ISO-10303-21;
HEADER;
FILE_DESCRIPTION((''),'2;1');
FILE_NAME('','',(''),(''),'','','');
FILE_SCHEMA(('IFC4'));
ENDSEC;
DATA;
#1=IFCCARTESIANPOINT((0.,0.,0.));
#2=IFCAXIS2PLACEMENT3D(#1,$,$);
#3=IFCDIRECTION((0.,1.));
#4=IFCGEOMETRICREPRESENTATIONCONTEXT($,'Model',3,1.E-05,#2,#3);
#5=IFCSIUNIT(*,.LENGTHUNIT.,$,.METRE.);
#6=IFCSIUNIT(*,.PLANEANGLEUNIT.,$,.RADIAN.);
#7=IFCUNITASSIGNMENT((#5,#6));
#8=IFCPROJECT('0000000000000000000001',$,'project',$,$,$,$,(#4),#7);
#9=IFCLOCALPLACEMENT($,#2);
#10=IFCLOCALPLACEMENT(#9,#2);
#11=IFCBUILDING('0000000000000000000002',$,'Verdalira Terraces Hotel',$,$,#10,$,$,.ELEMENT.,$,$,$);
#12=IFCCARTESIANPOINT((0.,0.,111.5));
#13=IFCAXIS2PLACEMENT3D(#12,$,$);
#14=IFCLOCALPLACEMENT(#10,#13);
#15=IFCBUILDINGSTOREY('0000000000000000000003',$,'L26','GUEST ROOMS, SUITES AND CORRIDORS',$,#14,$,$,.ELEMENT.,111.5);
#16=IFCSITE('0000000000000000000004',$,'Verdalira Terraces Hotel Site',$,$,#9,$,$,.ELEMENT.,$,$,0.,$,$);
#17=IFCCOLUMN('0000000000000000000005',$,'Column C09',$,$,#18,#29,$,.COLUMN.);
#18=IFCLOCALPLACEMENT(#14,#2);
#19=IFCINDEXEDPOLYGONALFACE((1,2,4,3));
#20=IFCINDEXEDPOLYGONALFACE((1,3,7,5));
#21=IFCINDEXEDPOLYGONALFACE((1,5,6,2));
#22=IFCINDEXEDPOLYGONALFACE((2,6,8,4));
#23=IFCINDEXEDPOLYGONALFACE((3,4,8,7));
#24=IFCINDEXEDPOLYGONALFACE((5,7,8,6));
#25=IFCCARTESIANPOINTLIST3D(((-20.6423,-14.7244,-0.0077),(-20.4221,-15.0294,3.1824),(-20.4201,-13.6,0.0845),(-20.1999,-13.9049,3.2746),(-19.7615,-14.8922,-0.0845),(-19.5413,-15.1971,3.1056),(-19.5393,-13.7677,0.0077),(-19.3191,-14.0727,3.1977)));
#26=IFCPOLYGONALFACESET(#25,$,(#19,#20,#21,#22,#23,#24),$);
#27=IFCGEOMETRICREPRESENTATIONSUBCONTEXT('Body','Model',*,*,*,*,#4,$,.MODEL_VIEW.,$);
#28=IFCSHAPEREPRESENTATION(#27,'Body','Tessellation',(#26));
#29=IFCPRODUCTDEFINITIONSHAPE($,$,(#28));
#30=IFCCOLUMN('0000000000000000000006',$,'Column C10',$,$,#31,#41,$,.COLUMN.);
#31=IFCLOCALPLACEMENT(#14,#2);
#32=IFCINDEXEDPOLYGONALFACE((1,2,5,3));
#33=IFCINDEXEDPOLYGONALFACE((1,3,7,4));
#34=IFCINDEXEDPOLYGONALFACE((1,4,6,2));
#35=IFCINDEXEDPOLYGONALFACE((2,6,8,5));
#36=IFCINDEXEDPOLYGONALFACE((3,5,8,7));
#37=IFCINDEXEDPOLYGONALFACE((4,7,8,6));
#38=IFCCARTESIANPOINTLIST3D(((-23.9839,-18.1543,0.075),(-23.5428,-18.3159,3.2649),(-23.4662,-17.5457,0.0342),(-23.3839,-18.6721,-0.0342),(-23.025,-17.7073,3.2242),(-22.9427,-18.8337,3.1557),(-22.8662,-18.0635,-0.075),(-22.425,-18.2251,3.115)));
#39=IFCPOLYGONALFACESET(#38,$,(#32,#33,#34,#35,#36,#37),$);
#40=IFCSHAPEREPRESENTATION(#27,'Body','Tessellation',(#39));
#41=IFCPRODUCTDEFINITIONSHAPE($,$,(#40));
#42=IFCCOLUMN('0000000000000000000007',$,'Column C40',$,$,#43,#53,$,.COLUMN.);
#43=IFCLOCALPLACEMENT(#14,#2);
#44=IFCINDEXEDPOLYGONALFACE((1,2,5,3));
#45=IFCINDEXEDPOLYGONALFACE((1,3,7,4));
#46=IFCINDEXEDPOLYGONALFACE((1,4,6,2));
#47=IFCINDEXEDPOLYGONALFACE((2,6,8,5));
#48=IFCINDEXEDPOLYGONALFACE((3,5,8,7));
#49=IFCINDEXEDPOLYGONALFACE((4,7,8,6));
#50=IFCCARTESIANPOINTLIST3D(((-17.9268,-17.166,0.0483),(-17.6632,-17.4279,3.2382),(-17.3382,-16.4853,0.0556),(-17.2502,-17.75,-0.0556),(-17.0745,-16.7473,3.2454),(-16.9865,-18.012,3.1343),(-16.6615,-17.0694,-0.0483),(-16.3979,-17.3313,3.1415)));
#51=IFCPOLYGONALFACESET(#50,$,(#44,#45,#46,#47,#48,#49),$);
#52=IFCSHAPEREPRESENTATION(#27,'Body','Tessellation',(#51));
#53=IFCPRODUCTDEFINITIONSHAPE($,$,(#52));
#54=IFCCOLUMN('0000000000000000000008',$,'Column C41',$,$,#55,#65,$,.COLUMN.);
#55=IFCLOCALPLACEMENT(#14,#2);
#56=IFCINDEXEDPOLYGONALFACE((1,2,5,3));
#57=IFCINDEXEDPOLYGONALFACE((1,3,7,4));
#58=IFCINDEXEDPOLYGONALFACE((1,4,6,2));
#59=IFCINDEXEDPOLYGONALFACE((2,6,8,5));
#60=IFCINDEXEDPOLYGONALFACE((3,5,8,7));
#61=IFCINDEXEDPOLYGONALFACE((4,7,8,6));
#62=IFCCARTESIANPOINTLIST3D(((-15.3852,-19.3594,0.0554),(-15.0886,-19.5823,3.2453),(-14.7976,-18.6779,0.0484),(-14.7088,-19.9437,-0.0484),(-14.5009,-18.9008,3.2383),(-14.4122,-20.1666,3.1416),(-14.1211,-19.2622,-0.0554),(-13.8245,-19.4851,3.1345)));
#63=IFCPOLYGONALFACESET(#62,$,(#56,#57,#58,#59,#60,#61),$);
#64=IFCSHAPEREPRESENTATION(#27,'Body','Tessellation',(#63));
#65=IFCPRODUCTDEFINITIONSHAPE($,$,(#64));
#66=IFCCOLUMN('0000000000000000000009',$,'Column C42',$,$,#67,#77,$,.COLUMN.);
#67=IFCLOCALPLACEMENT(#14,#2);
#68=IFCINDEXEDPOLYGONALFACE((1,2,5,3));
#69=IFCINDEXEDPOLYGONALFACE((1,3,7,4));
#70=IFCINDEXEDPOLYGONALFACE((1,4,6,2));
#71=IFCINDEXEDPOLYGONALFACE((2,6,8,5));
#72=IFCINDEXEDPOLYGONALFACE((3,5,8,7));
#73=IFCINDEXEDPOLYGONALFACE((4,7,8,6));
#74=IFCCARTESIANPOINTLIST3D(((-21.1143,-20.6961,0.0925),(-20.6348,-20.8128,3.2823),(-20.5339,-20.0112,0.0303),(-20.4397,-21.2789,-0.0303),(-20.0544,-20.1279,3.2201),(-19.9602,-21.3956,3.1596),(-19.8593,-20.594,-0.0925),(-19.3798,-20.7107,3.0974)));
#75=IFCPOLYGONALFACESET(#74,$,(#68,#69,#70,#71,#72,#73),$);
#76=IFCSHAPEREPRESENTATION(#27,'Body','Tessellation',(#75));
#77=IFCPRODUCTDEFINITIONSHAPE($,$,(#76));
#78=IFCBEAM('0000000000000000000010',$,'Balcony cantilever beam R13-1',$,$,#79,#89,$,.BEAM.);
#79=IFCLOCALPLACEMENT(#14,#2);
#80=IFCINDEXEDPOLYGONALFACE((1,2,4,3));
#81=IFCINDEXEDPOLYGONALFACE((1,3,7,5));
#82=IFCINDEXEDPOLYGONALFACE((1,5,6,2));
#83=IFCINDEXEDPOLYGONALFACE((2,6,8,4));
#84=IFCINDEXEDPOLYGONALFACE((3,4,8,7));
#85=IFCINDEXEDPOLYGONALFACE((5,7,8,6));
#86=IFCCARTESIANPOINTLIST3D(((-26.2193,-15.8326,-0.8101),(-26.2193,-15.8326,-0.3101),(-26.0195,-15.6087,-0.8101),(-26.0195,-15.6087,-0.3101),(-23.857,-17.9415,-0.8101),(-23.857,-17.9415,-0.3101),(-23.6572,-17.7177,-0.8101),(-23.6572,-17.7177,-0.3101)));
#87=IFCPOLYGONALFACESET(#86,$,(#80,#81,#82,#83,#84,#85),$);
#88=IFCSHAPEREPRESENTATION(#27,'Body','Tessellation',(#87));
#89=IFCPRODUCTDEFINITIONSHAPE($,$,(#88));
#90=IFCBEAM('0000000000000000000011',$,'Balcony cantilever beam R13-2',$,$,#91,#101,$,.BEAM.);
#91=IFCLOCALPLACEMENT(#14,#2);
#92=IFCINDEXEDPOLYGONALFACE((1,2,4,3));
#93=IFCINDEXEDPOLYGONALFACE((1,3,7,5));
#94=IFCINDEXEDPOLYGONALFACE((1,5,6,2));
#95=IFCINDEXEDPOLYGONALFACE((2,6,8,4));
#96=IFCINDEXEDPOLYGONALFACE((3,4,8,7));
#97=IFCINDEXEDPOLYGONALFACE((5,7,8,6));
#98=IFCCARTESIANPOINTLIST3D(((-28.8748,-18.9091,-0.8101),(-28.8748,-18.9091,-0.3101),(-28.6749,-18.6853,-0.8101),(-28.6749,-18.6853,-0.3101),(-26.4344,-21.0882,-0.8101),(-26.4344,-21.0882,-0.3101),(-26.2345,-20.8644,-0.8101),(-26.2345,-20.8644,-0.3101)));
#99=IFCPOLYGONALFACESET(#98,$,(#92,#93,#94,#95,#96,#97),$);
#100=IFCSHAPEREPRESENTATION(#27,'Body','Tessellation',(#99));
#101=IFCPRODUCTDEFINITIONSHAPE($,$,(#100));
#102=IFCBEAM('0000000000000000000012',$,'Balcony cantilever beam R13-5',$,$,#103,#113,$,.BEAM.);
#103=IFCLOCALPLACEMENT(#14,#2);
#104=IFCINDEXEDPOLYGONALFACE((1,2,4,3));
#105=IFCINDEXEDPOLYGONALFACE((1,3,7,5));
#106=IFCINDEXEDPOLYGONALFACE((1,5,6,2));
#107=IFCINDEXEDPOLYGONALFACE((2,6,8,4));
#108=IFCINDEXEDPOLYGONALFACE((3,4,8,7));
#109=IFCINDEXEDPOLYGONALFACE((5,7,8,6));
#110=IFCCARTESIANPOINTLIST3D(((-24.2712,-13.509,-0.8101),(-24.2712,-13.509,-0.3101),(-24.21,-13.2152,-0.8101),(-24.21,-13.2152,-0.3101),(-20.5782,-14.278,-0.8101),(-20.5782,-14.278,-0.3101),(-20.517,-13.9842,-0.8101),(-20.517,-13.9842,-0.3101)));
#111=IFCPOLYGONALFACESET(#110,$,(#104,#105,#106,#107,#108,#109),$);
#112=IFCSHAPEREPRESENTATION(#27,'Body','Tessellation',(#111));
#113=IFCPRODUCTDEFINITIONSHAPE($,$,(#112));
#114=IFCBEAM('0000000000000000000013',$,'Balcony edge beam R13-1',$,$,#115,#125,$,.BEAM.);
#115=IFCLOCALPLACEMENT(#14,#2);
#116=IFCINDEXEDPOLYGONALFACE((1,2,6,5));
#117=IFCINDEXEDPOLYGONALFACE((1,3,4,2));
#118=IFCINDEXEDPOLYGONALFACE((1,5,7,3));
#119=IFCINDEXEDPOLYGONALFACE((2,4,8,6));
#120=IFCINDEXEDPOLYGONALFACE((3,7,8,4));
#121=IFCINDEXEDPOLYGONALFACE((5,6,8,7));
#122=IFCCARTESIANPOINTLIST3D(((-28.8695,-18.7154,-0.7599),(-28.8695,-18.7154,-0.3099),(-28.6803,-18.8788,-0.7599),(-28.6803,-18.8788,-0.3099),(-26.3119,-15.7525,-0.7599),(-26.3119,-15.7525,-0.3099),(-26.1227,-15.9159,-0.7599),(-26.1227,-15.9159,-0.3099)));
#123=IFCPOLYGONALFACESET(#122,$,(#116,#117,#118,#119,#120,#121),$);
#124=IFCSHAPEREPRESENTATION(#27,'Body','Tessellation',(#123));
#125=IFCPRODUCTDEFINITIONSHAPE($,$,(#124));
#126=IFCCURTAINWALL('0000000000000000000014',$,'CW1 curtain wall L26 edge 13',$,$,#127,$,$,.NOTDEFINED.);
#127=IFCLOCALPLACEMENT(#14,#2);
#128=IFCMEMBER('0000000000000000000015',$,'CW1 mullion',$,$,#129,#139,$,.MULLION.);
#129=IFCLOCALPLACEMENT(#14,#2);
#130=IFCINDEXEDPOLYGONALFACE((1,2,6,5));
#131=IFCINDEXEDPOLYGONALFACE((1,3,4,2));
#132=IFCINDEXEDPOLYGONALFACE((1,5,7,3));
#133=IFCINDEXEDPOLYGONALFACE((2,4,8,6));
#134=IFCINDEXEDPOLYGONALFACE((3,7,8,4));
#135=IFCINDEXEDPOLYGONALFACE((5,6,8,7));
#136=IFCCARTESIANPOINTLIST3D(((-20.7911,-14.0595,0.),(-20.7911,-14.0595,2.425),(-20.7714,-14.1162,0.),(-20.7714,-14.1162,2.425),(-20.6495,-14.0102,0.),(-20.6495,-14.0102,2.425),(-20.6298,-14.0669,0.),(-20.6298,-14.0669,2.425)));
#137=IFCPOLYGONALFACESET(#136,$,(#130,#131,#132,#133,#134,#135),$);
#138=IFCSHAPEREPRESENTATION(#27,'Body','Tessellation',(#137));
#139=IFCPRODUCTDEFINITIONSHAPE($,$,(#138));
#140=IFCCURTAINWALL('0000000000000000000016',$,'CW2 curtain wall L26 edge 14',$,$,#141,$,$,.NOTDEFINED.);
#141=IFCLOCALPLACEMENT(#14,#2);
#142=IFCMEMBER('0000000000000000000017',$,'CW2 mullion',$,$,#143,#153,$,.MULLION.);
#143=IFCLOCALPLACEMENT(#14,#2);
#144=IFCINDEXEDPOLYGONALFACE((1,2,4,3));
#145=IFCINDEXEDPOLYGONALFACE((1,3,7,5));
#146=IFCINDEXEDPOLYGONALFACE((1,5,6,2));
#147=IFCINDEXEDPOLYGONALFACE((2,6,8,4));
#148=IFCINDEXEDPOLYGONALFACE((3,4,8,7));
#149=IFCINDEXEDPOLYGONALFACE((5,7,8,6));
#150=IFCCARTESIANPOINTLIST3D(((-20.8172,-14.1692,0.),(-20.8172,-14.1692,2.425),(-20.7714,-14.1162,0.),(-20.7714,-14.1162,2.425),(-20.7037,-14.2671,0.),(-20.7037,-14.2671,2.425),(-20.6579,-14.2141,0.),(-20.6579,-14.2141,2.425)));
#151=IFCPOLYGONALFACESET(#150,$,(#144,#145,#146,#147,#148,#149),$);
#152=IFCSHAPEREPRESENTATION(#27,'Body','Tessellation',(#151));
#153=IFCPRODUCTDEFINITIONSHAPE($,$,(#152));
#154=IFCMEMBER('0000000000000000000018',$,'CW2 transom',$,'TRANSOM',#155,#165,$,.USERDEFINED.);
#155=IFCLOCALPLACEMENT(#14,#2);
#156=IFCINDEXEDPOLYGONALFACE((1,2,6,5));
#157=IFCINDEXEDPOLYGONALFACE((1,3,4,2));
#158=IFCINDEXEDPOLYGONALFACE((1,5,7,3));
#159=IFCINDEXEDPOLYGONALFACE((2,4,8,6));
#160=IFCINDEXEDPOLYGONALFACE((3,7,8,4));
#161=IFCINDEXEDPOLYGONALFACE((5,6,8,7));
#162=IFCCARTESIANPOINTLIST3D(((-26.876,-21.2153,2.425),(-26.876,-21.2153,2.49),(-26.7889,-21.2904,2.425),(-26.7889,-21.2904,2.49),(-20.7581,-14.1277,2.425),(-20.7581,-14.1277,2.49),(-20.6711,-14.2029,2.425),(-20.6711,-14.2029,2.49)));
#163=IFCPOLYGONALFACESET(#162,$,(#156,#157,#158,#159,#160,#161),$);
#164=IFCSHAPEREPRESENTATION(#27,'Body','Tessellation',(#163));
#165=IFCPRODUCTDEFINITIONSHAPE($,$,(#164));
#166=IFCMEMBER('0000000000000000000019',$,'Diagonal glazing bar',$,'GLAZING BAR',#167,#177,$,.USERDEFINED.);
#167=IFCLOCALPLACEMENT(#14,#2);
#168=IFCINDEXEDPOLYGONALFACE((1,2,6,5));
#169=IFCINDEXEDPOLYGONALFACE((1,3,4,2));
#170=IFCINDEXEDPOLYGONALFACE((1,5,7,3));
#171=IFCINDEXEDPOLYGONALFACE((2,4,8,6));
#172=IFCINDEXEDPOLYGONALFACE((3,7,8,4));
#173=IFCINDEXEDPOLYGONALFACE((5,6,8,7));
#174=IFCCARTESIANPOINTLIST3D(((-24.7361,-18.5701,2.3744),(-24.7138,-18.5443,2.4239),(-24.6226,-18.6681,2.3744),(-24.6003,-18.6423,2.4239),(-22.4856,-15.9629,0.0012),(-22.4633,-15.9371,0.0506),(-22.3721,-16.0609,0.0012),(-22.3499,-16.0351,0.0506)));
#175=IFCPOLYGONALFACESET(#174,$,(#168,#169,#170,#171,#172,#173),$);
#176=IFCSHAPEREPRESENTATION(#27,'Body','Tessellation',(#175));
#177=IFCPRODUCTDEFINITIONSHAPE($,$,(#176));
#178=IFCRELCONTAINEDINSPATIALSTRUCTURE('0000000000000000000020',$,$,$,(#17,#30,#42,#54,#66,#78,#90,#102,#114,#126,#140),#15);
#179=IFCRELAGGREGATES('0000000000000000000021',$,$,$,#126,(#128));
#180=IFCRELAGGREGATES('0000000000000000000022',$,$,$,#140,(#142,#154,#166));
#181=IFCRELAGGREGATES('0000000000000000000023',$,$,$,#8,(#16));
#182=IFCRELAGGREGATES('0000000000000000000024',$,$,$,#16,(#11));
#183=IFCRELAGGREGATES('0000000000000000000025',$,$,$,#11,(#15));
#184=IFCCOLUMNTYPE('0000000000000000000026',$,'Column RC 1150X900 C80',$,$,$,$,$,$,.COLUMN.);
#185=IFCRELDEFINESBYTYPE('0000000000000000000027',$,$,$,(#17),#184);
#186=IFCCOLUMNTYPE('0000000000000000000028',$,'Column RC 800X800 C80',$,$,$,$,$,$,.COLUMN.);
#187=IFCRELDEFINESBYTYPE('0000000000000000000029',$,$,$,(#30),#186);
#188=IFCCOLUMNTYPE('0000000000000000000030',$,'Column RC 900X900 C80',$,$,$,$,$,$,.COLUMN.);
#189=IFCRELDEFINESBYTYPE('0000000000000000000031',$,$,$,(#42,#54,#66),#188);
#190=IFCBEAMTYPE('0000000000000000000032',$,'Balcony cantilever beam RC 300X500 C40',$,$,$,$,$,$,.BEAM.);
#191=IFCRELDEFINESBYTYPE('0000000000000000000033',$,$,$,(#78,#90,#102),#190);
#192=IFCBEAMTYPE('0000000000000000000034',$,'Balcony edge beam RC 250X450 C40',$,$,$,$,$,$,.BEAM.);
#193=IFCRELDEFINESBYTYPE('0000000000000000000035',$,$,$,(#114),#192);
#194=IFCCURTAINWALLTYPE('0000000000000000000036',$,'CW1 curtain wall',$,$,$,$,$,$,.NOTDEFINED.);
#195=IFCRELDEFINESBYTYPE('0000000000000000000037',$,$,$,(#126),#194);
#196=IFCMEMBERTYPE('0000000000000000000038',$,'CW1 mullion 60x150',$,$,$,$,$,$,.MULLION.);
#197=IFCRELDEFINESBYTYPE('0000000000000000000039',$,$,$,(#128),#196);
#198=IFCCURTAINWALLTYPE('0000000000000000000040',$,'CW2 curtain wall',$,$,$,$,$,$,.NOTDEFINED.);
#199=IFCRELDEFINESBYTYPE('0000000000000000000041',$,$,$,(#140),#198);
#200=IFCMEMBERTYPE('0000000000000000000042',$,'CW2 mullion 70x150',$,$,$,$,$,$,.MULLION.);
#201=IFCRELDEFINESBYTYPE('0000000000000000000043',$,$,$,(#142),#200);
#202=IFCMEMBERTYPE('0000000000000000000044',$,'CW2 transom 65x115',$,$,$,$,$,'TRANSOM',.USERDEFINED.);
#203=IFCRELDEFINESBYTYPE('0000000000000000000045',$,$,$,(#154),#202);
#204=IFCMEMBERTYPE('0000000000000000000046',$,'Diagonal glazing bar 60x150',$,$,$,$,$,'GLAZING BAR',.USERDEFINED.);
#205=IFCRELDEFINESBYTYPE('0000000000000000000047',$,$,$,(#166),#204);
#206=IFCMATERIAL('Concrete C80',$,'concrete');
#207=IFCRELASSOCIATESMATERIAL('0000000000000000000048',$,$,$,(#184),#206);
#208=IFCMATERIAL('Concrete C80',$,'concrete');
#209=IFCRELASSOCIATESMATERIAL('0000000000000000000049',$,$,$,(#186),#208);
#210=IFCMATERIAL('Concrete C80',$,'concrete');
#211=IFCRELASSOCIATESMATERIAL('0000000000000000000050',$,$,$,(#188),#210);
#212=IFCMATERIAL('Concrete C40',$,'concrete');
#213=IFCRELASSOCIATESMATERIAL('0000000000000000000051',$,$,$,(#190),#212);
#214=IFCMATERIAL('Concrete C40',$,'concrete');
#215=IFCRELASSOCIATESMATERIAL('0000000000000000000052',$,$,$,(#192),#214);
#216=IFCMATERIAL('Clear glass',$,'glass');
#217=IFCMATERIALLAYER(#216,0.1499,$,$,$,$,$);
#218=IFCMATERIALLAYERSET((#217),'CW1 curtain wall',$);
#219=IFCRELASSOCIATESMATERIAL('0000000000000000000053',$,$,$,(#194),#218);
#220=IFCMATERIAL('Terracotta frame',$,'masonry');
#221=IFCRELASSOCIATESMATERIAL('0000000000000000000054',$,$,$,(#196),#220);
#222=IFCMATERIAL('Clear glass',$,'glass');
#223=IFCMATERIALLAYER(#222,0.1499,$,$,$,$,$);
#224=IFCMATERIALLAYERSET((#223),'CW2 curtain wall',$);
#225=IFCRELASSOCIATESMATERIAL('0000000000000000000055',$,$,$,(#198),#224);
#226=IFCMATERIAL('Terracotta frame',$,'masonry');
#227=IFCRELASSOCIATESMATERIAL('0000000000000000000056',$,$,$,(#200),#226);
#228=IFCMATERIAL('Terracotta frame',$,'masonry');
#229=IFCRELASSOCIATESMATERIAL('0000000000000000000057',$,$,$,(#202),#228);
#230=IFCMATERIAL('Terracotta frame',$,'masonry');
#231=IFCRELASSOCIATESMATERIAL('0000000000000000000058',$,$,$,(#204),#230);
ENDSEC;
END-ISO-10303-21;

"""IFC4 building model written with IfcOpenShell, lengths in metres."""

from ifc_helpers import new_model, si_unit, direction, frame, origin, origin_2d, place, context, subcontext, project, spatial, rectangle, extrude, material, layer, layer_set, material_profile, profile_set, type_object, element, aggregate, save


model = new_model("IFC4")

# Units and contexts
model_context = context("Model", 3, precision=1e-05, world=origin(), true_north=direction((0.0, 1.0)))
body_context = subcontext(model_context, "Body", "Model", "MODEL_VIEW")
ifc_project = project(units=[si_unit("LENGTHUNIT", "METRE"), si_unit("PLANEANGLEUNIT", "RADIAN")], contexts=[model_context])

# Site, building, storey
site_placement = place(None, origin())
site = spatial("IfcSite", under=ifc_project, at=site_placement, Name="Verdalira Terraces Hotel Site", CompositionType="ELEMENT", RefElevation=0.0)
building_placement = place(site_placement, origin())
building = spatial("IfcBuilding", under=site, at=building_placement, Name="Verdalira Terraces Hotel", CompositionType="ELEMENT")
storey_placement = place(building_placement, frame((0.0, 0.0, 111.5)))
storey = spatial("IfcBuildingStorey", under=building, at=storey_placement, Name="L26", Description="GUEST ROOMS, SUITES AND CORRIDORS", CompositionType="ELEMENT", Elevation=111.5)

# Columns
ifc_material_1 = material(Name="Concrete C80", Category="concrete")
ifc_material_profile_1 = material_profile(ifc_material_1, rectangle(XDim=1.1499, YDim=0.8999, at=origin_2d()), Name="RC 1150X900")
ifc_profile_set_1 = profile_set([ifc_material_profile_1], Name="Concrete C80")
column_type_1 = type_object("IfcColumnType", Name="Column RC 1150X900 C80", PredefinedType="COLUMN", material=ifc_profile_set_1)
column_1_placement = place(storey_placement, frame((-20.0908, -14.2461, 0.0), z_axis=(0.068559, -0.094934, 0.99312), x_axis=(0.193242, 0.977873, 0.080136)))
element("IfcColumn", 1, at=column_1_placement, inside=storey, type_object=column_type_1, Name="Column C09", PredefinedType="COLUMN", context=body_context, shape_type="SweptSolid", body=[
    extrude(rectangle(XDim=1.1499, YDim=0.8999, at=origin_2d()), origin(), (0.0, 0.0, 1.0), 3.2122),
])
ifc_material_2 = material(Name="Concrete C80", Category="concrete")
ifc_material_profile_2 = material_profile(ifc_material_2, rectangle(XDim=0.8, YDim=0.8, at=origin_2d()), Name="RC 800X800")
ifc_profile_set_2 = profile_set([ifc_material_profile_2], Name="Concrete C80")
column_type_2 = type_object("IfcColumnType", Name="Column RC 800X800 C80", PredefinedType="COLUMN", material=ifc_profile_set_2)
column_2_placement = place(storey_placement, frame((-23.425, -18.1089, 0.0), z_axis=(0.136822, -0.050125, 0.989327), x_axis=(-0.647147, -0.76066, 0.05096)))
element("IfcColumn", 2, at=column_2_placement, inside=storey, type_object=column_type_2, Name="Column C10", PredefinedType="COLUMN", context=body_context, shape_type="SweptSolid", body=[
    extrude(rectangle(XDim=0.8, YDim=0.8, at=origin_2d()), origin(), (0.0, 0.0, 1.0), 3.2244),
])
ifc_material_3 = material(Name="Concrete C80", Category="concrete")
ifc_material_profile_3 = material_profile(ifc_material_3, rectangle(XDim=0.8999, YDim=0.8999, at=origin_2d()), Name="RC 900X900")
ifc_profile_set_3 = profile_set([ifc_material_profile_3], Name="Concrete C80")
column_type_3 = type_object("IfcColumnType", Name="Column RC 900X900 C80", PredefinedType="COLUMN", material=ifc_profile_set_3)
for number, where, z_axis, x_axis, name in (
    (3, (-17.2942, -17.1177, 0.0), (0.082102, -0.08157, 0.99328), (-0.654109, -0.756358, -0.008046), "Column C40"),
    (4, (-14.7532, -19.3108, 0.0), (0.092367, -0.069408, 0.993303), (-0.653023, -0.757298, 0.007807), "Column C41"),
):
    element("IfcColumn", number, at=place(storey_placement, frame(where, z_axis=z_axis, x_axis=x_axis)), inside=storey, type_object=column_type_3, Name=name, PredefinedType="COLUMN", context=body_context, shape_type="SweptSolid", body=[
        extrude(rectangle(XDim=0.8999, YDim=0.8999, at=origin_2d()), origin(), (0.0, 0.0, 1.0), 3.2114),
    ])
column_3_placement = place(storey_placement, frame((-20.4868, -20.645, 0.0), z_axis=(0.148547, -0.036153, 0.988244), x_axis=(-0.644952, -0.761093, 0.069102)))
element("IfcColumn", 5, at=column_3_placement, inside=storey, type_object=column_type_3, Name="Column C42", PredefinedType="COLUMN", context=body_context, shape_type="SweptSolid", body=[
    extrude(rectangle(XDim=0.8999, YDim=0.8999, at=origin_2d()), origin(), (0.0, 0.0, 1.0), 3.2278),
])

# Beams
ifc_material_4 = material(Name="Concrete C40", Category="concrete")
ifc_material_profile_4 = material_profile(ifc_material_4, rectangle(XDim=0.3, YDim=0.5, at=origin_2d()), Name="RC 300X500")
ifc_profile_set_4 = profile_set([ifc_material_profile_4], Name="Concrete C40")
beam_type_1 = type_object("IfcBeamType", Name="Balcony cantilever beam RC 300X500 C40", PredefinedType="BEAM", material=ifc_profile_set_4)
beam_1_placement = place(storey_placement, frame((-23.7571, -17.8296, -0.5601), z_axis=(-0.745987, 0.665961, 0.0), x_axis=(-0.665961, -0.745987, 0.0)))
element("IfcBeam", 6, at=beam_1_placement, inside=storey, type_object=beam_type_1, Name="Balcony cantilever beam R13-1", PredefinedType="BEAM", context=body_context, shape_type="SweptSolid", body=[
    extrude(rectangle(XDim=0.3, YDim=0.5, at=origin_2d()), origin(), (0.0, 0.0, 1.0), 3.1667),
])
beam_2_placement = place(storey_placement, frame((-26.3345, -20.9763, -0.5601), z_axis=(-0.745901, 0.666057, 0.0), x_axis=(-0.666057, -0.745901, 0.0)))
element("IfcBeam", 7, at=beam_2_placement, inside=storey, type_object=beam_type_1, Name="Balcony cantilever beam R13-2", PredefinedType="BEAM", context=body_context, shape_type="SweptSolid", body=[
    extrude(rectangle(XDim=0.3, YDim=0.5, at=origin_2d()), origin(), (0.0, 0.0, 1.0), 3.2717),
])
beam_3_placement = place(storey_placement, frame((-20.5476, -14.1311, -0.5601), z_axis=(-0.978999, 0.203864, 0.0), x_axis=(-0.203864, -0.978999, 0.0)))
element("IfcBeam", 8, at=beam_3_placement, inside=storey, type_object=beam_type_1, Name="Balcony cantilever beam R13-5", PredefinedType="BEAM", context=body_context, shape_type="SweptSolid", body=[
    extrude(rectangle(XDim=0.3, YDim=0.5, at=origin_2d()), origin(), (0.0, 0.0, 1.0), 3.7722),
])
ifc_material_5 = material(Name="Concrete C40", Category="concrete")
ifc_material_profile_5 = material_profile(ifc_material_5, rectangle(XDim=0.25, YDim=0.45, at=origin_2d()), Name="RC 250X450")
ifc_profile_set_5 = profile_set([ifc_material_profile_5], Name="Concrete C40")
beam_type_2 = type_object("IfcBeamType", Name="Balcony edge beam RC 250X450 C40", PredefinedType="BEAM", material=ifc_profile_set_5)
beam_4_placement = place(storey_placement, frame((-26.2173, -15.8342, -0.5349), z_axis=(-0.653438, -0.75698, 0.0), x_axis=(0.75698, -0.653438, 0.0)))
element("IfcBeam", 9, at=beam_4_placement, inside=storey, type_object=beam_type_2, Name="Balcony edge beam R13-1", PredefinedType="BEAM", context=body_context, shape_type="SweptSolid", body=[
    extrude(rectangle(XDim=0.25, YDim=0.45, at=origin_2d()), origin(), (0.0, 0.0, 1.0), 3.9141),
])

# Curtain wall, member
ifc_material_6 = material(Name="Clear glass", Category="glass")
ifc_layer_1 = layer(ifc_material_6, 0.1499)
ifc_layer_set_1 = layer_set([ifc_layer_1], Name="CW1 curtain wall")
curtain_wall_type_1 = type_object("IfcCurtainWallType", Name="CW1 curtain wall", PredefinedType="NOTDEFINED", material=ifc_layer_set_1)
curtain_wall_1_placement = place(storey_placement, origin())
curtain_wall_1 = element("IfcCurtainWall", 10, at=curtain_wall_1_placement, inside=storey, type_object=curtain_wall_type_1, Name="CW1 curtain wall L26 edge 13", PredefinedType="NOTDEFINED")
ifc_material_7 = material(Name="Terracotta frame", Category="masonry")
ifc_material_profile_6 = material_profile(ifc_material_7, rectangle(XDim=0.0601, YDim=0.1499, at=origin_2d()), Name="MU 60x150")
ifc_profile_set_6 = profile_set([ifc_material_profile_6], Name="Terracotta frame")
member_type_1 = type_object("IfcMemberType", Name="CW1 mullion 60x150", PredefinedType="MULLION", material=ifc_profile_set_6)
member_1_placement = place(storey_placement, frame((-20.7104, -14.0632, 0.0), z_axis=(0.0, 0.0, 1.0), x_axis=(0.328867, -0.944376, 0.0)))
member_1 = element("IfcMember", 11, at=member_1_placement, type_object=member_type_1, Name="CW1 mullion", PredefinedType="MULLION", context=body_context, shape_type="SweptSolid", body=[
    extrude(rectangle(XDim=0.0601, YDim=0.1499, at=origin_2d()), origin(), (0.0, 0.0, 1.0), 2.425),
])

# Curtain wall, members
ifc_material_8 = material(Name="Clear glass", Category="glass")
ifc_layer_2 = layer(ifc_material_8, 0.1499)
ifc_layer_set_2 = layer_set([ifc_layer_2], Name="CW2 curtain wall")
curtain_wall_type_2 = type_object("IfcCurtainWallType", Name="CW2 curtain wall", PredefinedType="NOTDEFINED", material=ifc_layer_set_2)
curtain_wall_2_placement = place(storey_placement, origin())
curtain_wall_2 = element("IfcCurtainWall", 12, at=curtain_wall_2_placement, inside=storey, type_object=curtain_wall_type_2, Name="CW2 curtain wall L26 edge 14", PredefinedType="NOTDEFINED")
ifc_material_9 = material(Name="Terracotta frame", Category="masonry")
ifc_material_profile_7 = material_profile(ifc_material_9, rectangle(XDim=0.0701, YDim=0.1499, at=origin_2d()), Name="MU 70x150")
ifc_profile_set_7 = profile_set([ifc_material_profile_7], Name="Terracotta frame")
member_type_2 = type_object("IfcMemberType", Name="CW2 mullion 70x150", PredefinedType="MULLION", material=ifc_profile_set_7)
member_2_placement = place(storey_placement, frame((-20.7375, -14.1916, 0.0), z_axis=(0.0, 0.0, 1.0), x_axis=(-0.653421, -0.756995, 0.0)))
member_2 = element("IfcMember", 13, at=member_2_placement, type_object=member_type_2, Name="CW2 mullion", PredefinedType="MULLION", context=body_context, shape_type="SweptSolid", body=[
    extrude(rectangle(XDim=0.0701, YDim=0.1499, at=origin_2d()), origin(), (0.0, 0.0, 1.0), 2.425),
])
ifc_material_10 = material(Name="Terracotta frame", Category="masonry")
ifc_material_profile_8 = material_profile(ifc_material_10, rectangle(XDim=0.115, YDim=0.0649, at=origin_2d()), Name="TR 65x115")
ifc_profile_set_8 = profile_set([ifc_material_profile_8], Name="Terracotta frame")
member_type_3 = type_object("IfcMemberType", Name="CW2 transom 65x115", ElementType="TRANSOM", PredefinedType="USERDEFINED", material=ifc_profile_set_8)
member_3_placement = place(storey_placement, frame((-20.7146, -14.1653, 2.4575), z_axis=(-0.653422, -0.756994, 0.0), x_axis=(0.756994, -0.653422, 0.0)))
member_3 = element("IfcMember", 14, at=member_3_placement, type_object=member_type_3, Name="CW2 transom", ObjectType="TRANSOM", PredefinedType="USERDEFINED", context=body_context, shape_type="SweptSolid", body=[
    extrude(rectangle(XDim=0.115, YDim=0.0649, at=origin_2d()), origin(), (0.0, 0.0, 1.0), 9.3628),
])
ifc_material_11 = material(Name="Terracotta frame", Category="masonry")
ifc_material_profile_9 = material_profile(ifc_material_11, rectangle(XDim=0.1499, YDim=0.0601, at=origin_2d()), Name="GB 60x150")
ifc_profile_set_9 = profile_set([ifc_material_profile_9], Name="Terracotta frame")
member_type_4 = type_object("IfcMemberType", Name="Diagonal glazing bar 60x150", ElementType="GLAZING BAR", PredefinedType="USERDEFINED", material=ifc_profile_set_9)
member_4_placement = place(storey_placement, frame((-22.4177, -15.999, 0.0259), z_axis=(-0.538053, -0.623331, 0.567413), x_axis=(0.75699, -0.653426, 0.0)))
member_4 = element("IfcMember", 15, at=member_4_placement, type_object=member_type_4, Name="Diagonal glazing bar", ObjectType="GLAZING BAR", PredefinedType="USERDEFINED", context=body_context, shape_type="SweptSolid", body=[
    extrude(rectangle(XDim=0.1499, YDim=0.0601, at=origin_2d()), origin(), (0.0, 0.0, 1.0), 4.1826),
])

aggregate(curtain_wall_1, [member_1])
aggregate(curtain_wall_2, [member_2, member_3, member_4])

save(model, "model.ifc")
